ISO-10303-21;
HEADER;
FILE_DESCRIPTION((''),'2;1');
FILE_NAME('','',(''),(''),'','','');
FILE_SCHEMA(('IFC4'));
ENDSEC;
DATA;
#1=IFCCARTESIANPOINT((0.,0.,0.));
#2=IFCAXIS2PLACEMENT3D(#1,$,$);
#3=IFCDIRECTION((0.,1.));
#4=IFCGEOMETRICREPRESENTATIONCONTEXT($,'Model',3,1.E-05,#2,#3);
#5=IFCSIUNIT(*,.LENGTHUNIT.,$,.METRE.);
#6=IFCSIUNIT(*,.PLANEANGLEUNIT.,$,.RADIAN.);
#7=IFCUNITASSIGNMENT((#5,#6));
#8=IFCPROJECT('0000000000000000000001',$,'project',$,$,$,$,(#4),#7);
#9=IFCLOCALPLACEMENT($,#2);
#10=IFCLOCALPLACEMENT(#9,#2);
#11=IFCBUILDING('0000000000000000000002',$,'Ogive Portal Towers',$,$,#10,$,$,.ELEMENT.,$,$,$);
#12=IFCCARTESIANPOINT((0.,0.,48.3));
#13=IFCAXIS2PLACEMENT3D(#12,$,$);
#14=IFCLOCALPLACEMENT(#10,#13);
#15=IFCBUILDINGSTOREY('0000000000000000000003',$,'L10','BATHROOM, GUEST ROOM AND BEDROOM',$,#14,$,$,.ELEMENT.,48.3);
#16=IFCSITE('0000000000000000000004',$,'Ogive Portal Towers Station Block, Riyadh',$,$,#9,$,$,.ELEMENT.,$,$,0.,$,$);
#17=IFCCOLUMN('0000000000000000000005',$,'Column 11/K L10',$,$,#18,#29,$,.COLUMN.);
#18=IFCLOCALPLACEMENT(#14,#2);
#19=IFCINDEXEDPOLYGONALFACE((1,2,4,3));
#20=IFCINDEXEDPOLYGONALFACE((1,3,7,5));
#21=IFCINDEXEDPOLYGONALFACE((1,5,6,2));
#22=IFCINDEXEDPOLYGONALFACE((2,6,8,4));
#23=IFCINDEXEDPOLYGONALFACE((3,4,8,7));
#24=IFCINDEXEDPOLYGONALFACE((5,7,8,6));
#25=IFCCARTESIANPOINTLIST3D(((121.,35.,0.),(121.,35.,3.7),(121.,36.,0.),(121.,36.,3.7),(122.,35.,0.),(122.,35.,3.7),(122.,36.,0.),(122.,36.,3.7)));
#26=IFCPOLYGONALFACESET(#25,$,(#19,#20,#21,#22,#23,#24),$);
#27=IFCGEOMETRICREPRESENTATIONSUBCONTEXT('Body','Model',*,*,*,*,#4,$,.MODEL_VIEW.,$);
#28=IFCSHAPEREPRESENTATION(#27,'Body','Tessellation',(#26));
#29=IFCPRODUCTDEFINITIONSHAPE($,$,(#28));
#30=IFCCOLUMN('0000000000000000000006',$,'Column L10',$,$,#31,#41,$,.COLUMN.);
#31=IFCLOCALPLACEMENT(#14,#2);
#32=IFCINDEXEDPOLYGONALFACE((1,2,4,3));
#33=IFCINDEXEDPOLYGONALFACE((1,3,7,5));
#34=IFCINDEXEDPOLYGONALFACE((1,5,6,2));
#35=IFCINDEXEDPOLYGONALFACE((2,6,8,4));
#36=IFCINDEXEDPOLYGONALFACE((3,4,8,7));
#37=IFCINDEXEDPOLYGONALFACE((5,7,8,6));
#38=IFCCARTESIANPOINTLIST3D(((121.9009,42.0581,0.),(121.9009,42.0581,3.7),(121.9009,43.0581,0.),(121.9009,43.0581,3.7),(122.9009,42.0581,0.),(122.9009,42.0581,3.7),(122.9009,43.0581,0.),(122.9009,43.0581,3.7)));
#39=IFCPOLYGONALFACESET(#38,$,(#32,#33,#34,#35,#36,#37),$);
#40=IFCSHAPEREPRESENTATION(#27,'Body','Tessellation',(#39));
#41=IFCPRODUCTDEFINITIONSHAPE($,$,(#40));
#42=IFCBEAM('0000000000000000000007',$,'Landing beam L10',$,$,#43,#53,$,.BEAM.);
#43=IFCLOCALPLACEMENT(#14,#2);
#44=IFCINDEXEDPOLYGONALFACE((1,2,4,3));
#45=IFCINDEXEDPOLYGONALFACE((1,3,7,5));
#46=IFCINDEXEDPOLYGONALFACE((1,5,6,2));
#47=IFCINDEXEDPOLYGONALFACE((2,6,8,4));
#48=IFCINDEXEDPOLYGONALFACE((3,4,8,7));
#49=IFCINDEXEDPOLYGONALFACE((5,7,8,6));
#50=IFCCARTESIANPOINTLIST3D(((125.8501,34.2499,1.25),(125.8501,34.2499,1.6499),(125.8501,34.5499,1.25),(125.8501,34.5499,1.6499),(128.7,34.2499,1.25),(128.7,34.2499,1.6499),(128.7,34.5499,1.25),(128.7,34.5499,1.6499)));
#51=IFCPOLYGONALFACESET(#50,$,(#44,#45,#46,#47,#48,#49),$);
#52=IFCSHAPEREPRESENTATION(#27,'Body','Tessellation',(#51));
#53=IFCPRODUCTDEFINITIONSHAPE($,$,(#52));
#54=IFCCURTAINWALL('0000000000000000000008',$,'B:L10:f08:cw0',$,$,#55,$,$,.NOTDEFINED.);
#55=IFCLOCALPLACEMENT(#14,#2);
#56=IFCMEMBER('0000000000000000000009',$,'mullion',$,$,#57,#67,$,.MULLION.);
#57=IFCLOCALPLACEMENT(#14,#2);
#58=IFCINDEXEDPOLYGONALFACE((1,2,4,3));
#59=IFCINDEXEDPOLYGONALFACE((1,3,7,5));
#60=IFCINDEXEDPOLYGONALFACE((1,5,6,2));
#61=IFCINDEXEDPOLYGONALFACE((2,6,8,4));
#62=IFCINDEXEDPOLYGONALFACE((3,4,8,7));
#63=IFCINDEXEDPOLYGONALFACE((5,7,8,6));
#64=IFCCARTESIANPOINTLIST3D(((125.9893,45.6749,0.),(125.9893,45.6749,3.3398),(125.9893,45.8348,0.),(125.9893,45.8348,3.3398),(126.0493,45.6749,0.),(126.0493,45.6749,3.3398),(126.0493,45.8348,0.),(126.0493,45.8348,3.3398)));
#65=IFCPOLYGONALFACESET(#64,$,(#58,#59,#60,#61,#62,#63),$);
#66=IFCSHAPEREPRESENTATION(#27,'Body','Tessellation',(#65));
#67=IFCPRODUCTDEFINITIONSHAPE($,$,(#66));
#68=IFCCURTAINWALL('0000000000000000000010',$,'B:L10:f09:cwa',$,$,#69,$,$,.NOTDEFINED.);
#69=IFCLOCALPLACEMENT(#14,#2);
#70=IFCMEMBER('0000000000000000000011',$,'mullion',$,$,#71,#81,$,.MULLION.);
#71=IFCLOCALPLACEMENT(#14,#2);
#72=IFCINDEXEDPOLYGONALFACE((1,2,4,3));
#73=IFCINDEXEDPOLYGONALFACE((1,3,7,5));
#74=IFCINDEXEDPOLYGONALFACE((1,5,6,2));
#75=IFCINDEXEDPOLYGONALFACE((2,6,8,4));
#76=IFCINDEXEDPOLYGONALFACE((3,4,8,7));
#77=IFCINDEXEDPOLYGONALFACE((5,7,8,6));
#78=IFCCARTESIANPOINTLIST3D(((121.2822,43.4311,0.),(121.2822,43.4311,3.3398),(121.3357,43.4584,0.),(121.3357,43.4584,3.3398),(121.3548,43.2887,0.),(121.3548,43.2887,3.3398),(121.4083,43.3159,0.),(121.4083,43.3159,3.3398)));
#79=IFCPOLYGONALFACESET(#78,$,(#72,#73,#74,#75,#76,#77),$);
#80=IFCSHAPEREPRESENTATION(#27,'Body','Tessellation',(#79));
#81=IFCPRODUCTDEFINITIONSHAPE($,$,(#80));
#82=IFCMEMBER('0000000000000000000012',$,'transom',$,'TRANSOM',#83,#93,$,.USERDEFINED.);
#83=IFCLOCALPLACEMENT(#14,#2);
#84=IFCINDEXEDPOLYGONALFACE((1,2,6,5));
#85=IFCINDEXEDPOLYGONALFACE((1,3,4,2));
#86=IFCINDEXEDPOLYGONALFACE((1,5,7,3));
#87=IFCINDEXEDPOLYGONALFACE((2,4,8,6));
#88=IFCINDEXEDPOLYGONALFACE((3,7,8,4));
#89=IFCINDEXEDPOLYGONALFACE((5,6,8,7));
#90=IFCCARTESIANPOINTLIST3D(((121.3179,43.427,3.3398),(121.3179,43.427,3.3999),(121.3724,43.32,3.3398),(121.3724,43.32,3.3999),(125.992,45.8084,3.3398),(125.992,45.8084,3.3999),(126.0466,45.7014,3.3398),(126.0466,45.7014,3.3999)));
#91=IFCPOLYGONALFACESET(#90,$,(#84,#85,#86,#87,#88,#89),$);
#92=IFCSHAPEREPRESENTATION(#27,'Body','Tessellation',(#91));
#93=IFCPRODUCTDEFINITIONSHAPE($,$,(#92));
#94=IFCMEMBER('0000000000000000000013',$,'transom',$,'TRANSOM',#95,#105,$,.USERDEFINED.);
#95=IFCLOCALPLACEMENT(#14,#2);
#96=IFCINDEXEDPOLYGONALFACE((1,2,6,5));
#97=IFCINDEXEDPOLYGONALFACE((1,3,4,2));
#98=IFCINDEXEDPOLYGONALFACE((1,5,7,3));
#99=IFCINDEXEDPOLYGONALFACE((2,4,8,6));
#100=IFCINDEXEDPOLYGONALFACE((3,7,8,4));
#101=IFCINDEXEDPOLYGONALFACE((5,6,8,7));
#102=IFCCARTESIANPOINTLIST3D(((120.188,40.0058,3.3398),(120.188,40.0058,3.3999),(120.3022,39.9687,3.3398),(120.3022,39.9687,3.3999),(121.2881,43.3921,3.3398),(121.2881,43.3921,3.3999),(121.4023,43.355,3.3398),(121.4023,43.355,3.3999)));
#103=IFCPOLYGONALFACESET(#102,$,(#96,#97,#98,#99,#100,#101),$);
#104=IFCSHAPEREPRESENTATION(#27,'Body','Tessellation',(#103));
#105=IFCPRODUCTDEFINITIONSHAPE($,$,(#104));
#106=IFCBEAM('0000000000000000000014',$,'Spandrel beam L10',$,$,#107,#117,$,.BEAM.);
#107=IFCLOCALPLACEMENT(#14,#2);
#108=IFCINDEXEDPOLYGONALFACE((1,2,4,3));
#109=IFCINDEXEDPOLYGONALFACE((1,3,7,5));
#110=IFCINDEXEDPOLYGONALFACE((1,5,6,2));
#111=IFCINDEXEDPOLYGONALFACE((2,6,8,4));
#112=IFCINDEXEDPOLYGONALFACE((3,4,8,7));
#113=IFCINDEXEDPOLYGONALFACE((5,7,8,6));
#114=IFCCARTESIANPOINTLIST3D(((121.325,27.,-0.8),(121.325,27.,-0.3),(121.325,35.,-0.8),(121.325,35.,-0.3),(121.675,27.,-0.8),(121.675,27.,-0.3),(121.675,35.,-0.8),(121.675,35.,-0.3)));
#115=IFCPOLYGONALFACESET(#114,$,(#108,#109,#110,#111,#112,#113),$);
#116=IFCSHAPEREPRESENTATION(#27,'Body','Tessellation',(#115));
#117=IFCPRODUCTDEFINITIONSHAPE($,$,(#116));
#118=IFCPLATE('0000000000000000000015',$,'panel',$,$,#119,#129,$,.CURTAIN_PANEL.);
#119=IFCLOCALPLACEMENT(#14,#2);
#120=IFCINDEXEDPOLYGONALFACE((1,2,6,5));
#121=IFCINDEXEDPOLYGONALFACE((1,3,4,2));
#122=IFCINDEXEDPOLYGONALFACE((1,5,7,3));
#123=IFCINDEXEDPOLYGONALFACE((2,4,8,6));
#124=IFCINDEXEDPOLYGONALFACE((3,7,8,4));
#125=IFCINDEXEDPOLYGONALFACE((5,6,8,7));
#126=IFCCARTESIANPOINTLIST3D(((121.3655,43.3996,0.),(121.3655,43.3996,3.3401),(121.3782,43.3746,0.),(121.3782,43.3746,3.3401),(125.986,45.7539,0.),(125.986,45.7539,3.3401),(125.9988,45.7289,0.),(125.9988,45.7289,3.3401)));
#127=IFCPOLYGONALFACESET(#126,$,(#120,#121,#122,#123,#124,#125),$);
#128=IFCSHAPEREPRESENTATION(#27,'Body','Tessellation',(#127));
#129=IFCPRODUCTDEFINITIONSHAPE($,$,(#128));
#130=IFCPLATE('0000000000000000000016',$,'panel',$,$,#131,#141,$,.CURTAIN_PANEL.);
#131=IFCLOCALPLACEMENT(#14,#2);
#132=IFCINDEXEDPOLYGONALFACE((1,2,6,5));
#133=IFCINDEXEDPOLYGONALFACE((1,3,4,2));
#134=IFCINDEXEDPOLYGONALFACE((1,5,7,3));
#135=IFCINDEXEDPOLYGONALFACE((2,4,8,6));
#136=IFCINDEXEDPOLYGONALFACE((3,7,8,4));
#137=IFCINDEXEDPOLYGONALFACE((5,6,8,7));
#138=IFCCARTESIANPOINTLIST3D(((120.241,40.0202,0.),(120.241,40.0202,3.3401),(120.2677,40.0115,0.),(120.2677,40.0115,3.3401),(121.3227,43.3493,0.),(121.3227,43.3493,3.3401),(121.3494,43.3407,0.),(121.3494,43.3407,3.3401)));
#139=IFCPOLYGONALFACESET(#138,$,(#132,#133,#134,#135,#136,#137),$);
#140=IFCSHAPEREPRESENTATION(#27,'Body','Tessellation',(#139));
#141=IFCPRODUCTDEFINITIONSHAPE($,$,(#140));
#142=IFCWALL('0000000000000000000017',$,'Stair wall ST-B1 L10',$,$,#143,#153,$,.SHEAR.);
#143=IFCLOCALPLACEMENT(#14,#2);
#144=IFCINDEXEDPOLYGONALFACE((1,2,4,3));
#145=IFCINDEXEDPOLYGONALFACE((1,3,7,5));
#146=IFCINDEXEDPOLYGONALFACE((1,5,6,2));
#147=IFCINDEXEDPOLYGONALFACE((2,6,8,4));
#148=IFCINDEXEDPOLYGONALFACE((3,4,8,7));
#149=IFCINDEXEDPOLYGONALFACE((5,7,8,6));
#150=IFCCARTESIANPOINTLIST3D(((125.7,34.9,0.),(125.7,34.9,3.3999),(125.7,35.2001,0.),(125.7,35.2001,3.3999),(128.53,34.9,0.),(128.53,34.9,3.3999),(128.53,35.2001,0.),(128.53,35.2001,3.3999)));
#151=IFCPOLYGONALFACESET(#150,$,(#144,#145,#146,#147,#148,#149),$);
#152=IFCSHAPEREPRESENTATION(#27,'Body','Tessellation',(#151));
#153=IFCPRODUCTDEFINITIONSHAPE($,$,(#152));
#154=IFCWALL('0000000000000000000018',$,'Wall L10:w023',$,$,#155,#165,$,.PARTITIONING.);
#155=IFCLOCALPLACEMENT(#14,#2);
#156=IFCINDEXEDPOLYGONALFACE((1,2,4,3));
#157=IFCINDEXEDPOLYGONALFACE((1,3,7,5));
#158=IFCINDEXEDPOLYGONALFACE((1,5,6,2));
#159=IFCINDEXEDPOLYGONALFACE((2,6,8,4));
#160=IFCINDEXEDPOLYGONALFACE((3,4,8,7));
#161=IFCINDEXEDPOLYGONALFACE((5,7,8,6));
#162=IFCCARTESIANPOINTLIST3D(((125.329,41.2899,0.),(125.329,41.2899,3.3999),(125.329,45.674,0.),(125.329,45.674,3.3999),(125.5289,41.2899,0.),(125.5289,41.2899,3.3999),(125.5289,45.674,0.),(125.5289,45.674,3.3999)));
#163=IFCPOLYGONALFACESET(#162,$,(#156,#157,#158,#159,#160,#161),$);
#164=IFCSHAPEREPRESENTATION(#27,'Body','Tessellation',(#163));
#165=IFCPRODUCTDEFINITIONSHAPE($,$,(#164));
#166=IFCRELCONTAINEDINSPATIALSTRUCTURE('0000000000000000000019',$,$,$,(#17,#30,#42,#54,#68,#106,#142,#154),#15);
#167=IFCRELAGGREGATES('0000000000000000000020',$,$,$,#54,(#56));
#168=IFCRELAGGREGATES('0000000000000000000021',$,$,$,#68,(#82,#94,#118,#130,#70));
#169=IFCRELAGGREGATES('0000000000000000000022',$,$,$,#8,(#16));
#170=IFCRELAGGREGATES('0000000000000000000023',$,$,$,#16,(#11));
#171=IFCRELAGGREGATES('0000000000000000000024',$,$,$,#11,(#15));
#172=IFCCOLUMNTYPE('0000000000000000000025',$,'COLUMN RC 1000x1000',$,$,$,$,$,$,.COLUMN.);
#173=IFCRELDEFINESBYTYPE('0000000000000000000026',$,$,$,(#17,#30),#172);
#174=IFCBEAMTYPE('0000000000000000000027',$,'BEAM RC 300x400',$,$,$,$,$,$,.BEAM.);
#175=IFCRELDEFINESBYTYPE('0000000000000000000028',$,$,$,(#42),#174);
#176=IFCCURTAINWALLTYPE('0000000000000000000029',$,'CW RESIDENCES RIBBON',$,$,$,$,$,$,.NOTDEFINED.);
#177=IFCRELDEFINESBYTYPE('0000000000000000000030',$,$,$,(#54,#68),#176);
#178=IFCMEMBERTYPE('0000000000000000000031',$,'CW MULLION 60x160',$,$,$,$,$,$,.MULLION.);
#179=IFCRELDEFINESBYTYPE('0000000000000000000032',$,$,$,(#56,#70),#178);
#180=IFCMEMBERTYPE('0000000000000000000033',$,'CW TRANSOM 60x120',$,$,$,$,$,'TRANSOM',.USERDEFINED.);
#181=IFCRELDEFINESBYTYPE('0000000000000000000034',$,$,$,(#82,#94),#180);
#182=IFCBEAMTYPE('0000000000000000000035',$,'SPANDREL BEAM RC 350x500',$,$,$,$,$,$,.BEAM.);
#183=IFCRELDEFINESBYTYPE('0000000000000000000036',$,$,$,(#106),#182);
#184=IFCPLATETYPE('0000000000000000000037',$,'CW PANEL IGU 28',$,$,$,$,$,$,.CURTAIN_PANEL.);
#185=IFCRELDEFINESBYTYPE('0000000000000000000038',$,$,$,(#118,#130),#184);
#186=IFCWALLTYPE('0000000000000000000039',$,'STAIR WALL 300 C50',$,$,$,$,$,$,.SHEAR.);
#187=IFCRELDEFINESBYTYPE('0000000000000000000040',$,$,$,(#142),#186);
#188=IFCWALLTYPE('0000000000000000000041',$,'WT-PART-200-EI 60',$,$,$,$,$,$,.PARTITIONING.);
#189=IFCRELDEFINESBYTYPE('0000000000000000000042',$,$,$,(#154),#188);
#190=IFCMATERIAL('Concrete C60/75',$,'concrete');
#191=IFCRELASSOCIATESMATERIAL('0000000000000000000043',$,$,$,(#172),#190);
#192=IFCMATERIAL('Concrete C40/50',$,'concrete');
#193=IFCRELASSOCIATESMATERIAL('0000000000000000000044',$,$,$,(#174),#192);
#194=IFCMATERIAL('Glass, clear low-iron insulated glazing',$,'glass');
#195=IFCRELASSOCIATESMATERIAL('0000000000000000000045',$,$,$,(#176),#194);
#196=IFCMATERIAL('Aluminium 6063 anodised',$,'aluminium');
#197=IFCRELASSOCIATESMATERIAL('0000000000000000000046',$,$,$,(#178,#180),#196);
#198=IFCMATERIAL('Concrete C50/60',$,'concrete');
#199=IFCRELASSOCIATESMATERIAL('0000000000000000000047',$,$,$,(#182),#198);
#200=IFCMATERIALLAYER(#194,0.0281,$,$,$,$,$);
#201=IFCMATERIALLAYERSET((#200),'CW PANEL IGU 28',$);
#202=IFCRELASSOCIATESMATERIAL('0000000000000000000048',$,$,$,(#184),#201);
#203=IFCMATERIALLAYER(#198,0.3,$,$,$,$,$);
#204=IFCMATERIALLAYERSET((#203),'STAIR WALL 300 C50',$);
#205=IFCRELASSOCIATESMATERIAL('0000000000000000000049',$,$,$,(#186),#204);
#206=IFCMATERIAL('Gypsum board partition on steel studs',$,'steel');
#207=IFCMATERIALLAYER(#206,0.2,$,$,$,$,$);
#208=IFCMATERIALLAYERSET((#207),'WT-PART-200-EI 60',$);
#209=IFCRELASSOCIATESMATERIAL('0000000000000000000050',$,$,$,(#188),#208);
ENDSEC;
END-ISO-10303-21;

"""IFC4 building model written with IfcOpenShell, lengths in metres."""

from ifc_helpers import new_model, si_unit, direction, frame, frame_2d, origin, origin_2d, place, context, subcontext, project, spatial, rectangle, extrude, material, layer, layer_set, material_profile, profile_set, type_object, element, aggregate, save


model = new_model("IFC4")

# Units and contexts
model_context = context("Model", 3, precision=1e-05, world=origin(), true_north=direction((0.0, 1.0)))
body_context = subcontext(model_context, "Body", "Model", "MODEL_VIEW")
ifc_project = project(units=[si_unit("LENGTHUNIT", "METRE"), si_unit("PLANEANGLEUNIT", "RADIAN")], contexts=[model_context])

# Site, building, storey
site_placement = place(None, origin())
site = spatial("IfcSite", under=ifc_project, at=site_placement, Name="Ogive Portal Towers Station Block, Riyadh", CompositionType="ELEMENT", RefElevation=0.0)
building_placement = place(site_placement, origin())
building = spatial("IfcBuilding", under=site, at=building_placement, Name="Ogive Portal Towers", CompositionType="ELEMENT")
storey_placement = place(building_placement, frame((0.0, 0.0, 48.3)))
storey = spatial("IfcBuildingStorey", under=building, at=storey_placement, Name="L10", Description="BATHROOM, GUEST ROOM AND BEDROOM", CompositionType="ELEMENT", Elevation=48.3)

# Columns
ifc_material_1 = material(Name="Concrete C60/75", Category="concrete")
ifc_material_profile_1 = material_profile(ifc_material_1, rectangle(XDim=1.0, YDim=1.0, at=origin_2d()), Name="RC 1000x1000")
ifc_profile_set_1 = profile_set([ifc_material_profile_1], Name="Concrete C60/75")
column_type = type_object("IfcColumnType", Name="COLUMN RC 1000x1000", PredefinedType="COLUMN", material=ifc_profile_set_1)
for number, where, z_axis, x_axis, name in (
    (1, (121.5, 35.5, 0.0), (0.0, 0.0, 1.0), (1.0, 0.0, 0.0), "Column 11/K L10"),
    (2, (122.4009, 42.5581, 0.0), (0.0, 0.0, 1.0), (1.0, 0.0, 0.0), "Column L10"),
):
    element("IfcColumn", number, at=place(storey_placement, frame(where, z_axis=z_axis, x_axis=x_axis)), inside=storey, type_object=column_type, Name=name, PredefinedType="COLUMN", context=body_context, shape_type="SweptSolid", body=[
        extrude(rectangle(XDim=1.0, YDim=1.0, at=origin_2d()), origin(), (0.0, 0.0, 1.0), 3.7),
    ])

# Beam
ifc_material_2 = material(Name="Concrete C40/50", Category="concrete")
ifc_material_profile_2 = material_profile(ifc_material_2, rectangle(XDim=0.3, YDim=0.3999, at=origin_2d()), Name="RC 300x400")
ifc_profile_set_2 = profile_set([ifc_material_profile_2], Name="Concrete C40/50")
beam_type_1 = type_object("IfcBeamType", Name="BEAM RC 300x400", PredefinedType="BEAM", material=ifc_profile_set_2)
beam_1_placement = place(storey_placement, frame((125.8501, 34.3999, 1.45), z_axis=(1.0, 0.0, 0.0), x_axis=(0.0, 1.0, 0.0)))
element("IfcBeam", 3, at=beam_1_placement, inside=storey, type_object=beam_type_1, Name="Landing beam L10", PredefinedType="BEAM", context=body_context, shape_type="SweptSolid", body=[
    extrude(rectangle(XDim=0.3, YDim=0.3999, at=origin_2d()), origin(), (0.0, 0.0, 1.0), 2.8499),
])

# Curtain wall, member
ifc_material_3 = material(Name="Glass, clear low-iron insulated glazing", Category="glass")
curtain_wall_type = type_object("IfcCurtainWallType", Name="CW RESIDENCES RIBBON", PredefinedType="NOTDEFINED", material=ifc_material_3)
curtain_wall_1_placement = place(storey_placement, origin())
curtain_wall_1 = element("IfcCurtainWall", 4, at=curtain_wall_1_placement, inside=storey, type_object=curtain_wall_type, Name="B:L10:f08:cw0", PredefinedType="NOTDEFINED")
ifc_material_4 = material(Name="Aluminium 6063 anodised", Category="aluminium")
ifc_material_profile_3 = material_profile(ifc_material_4, rectangle(XDim=0.1599, YDim=0.0601, at=origin_2d()), Name="AL 60x160")
ifc_profile_set_3 = profile_set([ifc_material_profile_3], Name="Aluminium 6063 anodised")
member_type_1 = type_object("IfcMemberType", Name="CW MULLION 60x160", PredefinedType="MULLION", material=ifc_profile_set_3)
member_1_placement = place(storey_placement, frame((126.0193, 45.7549, 0.0), z_axis=(0.0, 0.0, 1.0), x_axis=(0.0, -1.0, 0.0)))
member_1 = element("IfcMember", 5, at=member_1_placement, type_object=member_type_1, Name="mullion", PredefinedType="MULLION", context=body_context, shape_type="SweptSolid", body=[
    extrude(rectangle(XDim=0.1599, YDim=0.0601, at=origin_2d()), origin(), (0.0, 0.0, 1.0), 3.3398),
])
aggregate(curtain_wall_1, [member_1])

# Curtain wall, members
curtain_wall_2_placement = place(storey_placement, origin())
curtain_wall_2 = element("IfcCurtainWall", 6, at=curtain_wall_2_placement, inside=storey, type_object=curtain_wall_type, Name="B:L10:f09:cwa", PredefinedType="NOTDEFINED")
member_2_placement = place(storey_placement, frame((121.3452, 43.3735, 0.0), z_axis=(0.0, 0.0, 1.0), x_axis=(0.45399, -0.891007, 0.0)))
member_2 = element("IfcMember", 7, at=member_2_placement, type_object=member_type_1, Name="mullion", PredefinedType="MULLION", context=body_context, shape_type="SweptSolid", body=[
    extrude(rectangle(XDim=0.1599, YDim=0.0601, at=origin_2d()), origin(), (0.0, 0.0, 1.0), 3.3398),
])
ifc_material_profile_4 = material_profile(ifc_material_4, rectangle(XDim=0.1201, YDim=0.0601, at=origin_2d()), Name="AL 120x60")
ifc_profile_set_4 = profile_set([ifc_material_profile_4], Name="Aluminium 6063 anodised")
member_type_2 = type_object("IfcMemberType", Name="CW TRANSOM 60x120", ElementType="TRANSOM", PredefinedType="USERDEFINED", material=ifc_profile_set_4)
member_3_placement = place(storey_placement, frame((126.0193, 45.7549, 3.3699), z_axis=(-0.891023, -0.453959, 0.0), x_axis=(0.453959, -0.891023, 0.0)))
member_3 = element("IfcMember", 8, at=member_3_placement, type_object=member_type_2, Name="transom", ObjectType="TRANSOM", PredefinedType="USERDEFINED", context=body_context, shape_type="SweptSolid", body=[
    extrude(rectangle(XDim=0.1201, YDim=0.0601, at=origin_2d()), origin(), (0.0, 0.0, 1.0), 5.2458),
])
member_4_placement = place(storey_placement, frame((121.3452, 43.3735, 3.3699), z_axis=(-0.308978, -0.951069, 0.0), x_axis=(0.951069, -0.308978, 0.0)))
member_4 = element("IfcMember", 9, at=member_4_placement, type_object=member_type_2, Name="transom", ObjectType="TRANSOM", PredefinedType="USERDEFINED", context=body_context, shape_type="SweptSolid", body=[
    extrude(rectangle(XDim=0.1201, YDim=0.0601, at=origin_2d()), origin(), (0.0, 0.0, 1.0), 3.5605),
])

# Beam
ifc_material_5 = material(Name="Concrete C50/60", Category="concrete")
ifc_material_profile_5 = material_profile(ifc_material_5, rectangle(XDim=0.3501, YDim=0.5, at=origin_2d()), Name="RC 350x500")
ifc_profile_set_5 = profile_set([ifc_material_profile_5], Name="Concrete C50/60")
beam_type_2 = type_object("IfcBeamType", Name="SPANDREL BEAM RC 350x500", PredefinedType="BEAM", material=ifc_profile_set_5)
beam_2_placement = place(storey_placement, frame((121.5, 35.0, -0.55), z_axis=(0.0, -1.0, 0.0), x_axis=(1.0, 0.0, 0.0)))
element("IfcBeam", 10, at=beam_2_placement, inside=storey, type_object=beam_type_2, Name="Spandrel beam L10", PredefinedType="BEAM", context=body_context, shape_type="SweptSolid", body=[
    extrude(rectangle(XDim=0.3501, YDim=0.5, at=origin_2d()), origin(), (0.0, 0.0, 1.0), 8.0),
])

# Plates
ifc_layer_1 = layer(ifc_material_3, 0.0281)
ifc_layer_set_1 = layer_set([ifc_layer_1], Name="CW PANEL IGU 28")
plate_type = type_object("IfcPlateType", Name="CW PANEL IGU 28", PredefinedType="CURTAIN_PANEL", material=ifc_layer_set_1)
plate_1_placement = place(storey_placement, frame((123.6821, 44.5642, 0.0), z_axis=(0.0, 0.0, 1.0), x_axis=(-0.891007, -0.45399, 0.0)))
plate_1 = element("IfcPlate", 11, at=plate_1_placement, type_object=plate_type, Name="panel", PredefinedType="CURTAIN_PANEL", context=body_context, shape_type="SweptSolid", body=[
    extrude(rectangle(XDim=5.1858, YDim=0.0281, at=origin_2d()), origin(), (0.0, 0.0, 1.0), 3.3401),
])
plate_2_placement = place(storey_placement, frame((120.7952, 41.6804, 0.0), z_axis=(0.0, 0.0, 1.0), x_axis=(-0.309017, -0.951057, 0.0)))
plate_2 = element("IfcPlate", 12, at=plate_2_placement, type_object=plate_type, Name="panel", PredefinedType="CURTAIN_PANEL", context=body_context, shape_type="SweptSolid", body=[
    extrude(rectangle(XDim=3.5005, YDim=0.0281, at=origin_2d()), origin(), (0.0, 0.0, 1.0), 3.3401),
])
aggregate(curtain_wall_2, [member_3, member_4, plate_1, plate_2, member_2])

# Wall
ifc_layer_2 = layer(ifc_material_5, 0.3)
ifc_layer_set_2 = layer_set([ifc_layer_2], Name="STAIR WALL 300 C50")
wall_type_1 = type_object("IfcWallType", Name="STAIR WALL 300 C50", PredefinedType="SHEAR", material=ifc_layer_set_2)
wall_1_placement = place(storey_placement, frame((125.7, 35.05, 0.0), z_axis=(0.0, 0.0, 1.0), x_axis=(1.0, 0.0, 0.0)))
element("IfcWall", 13, at=wall_1_placement, inside=storey, type_object=wall_type_1, Name="Stair wall ST-B1 L10", PredefinedType="SHEAR", context=body_context, shape_type="SweptSolid", body=[
    extrude(rectangle(XDim=2.8301, YDim=0.3, at=frame_2d((1.415, 0.0))), origin(), (0.0, 0.0, 1.0), 3.3999),
])

# Shared definitions
ifc_material_6 = material(Name="Gypsum board partition on steel studs", Category="steel")
ifc_layer_3 = layer(ifc_material_6, 0.2)
ifc_layer_set_3 = layer_set([ifc_layer_3], Name="WT-PART-200-EI 60")
wall_type_2 = type_object("IfcWallType", Name="WT-PART-200-EI 60", PredefinedType="PARTITIONING", material=ifc_layer_set_3)

# Wall
wall_2_placement = place(storey_placement, frame((125.429, 41.29, 0.0), z_axis=(0.0, 0.0, 1.0), x_axis=(0.0, 1.0, 0.0)))
element("IfcWall", 14, at=wall_2_placement, inside=storey, type_object=wall_type_2, Name="Wall L10:w023", PredefinedType="PARTITIONING", context=body_context, shape_type="SweptSolid", body=[
    extrude(rectangle(XDim=4.384, YDim=0.2, at=frame_2d((2.1919, 0.0))), origin(), (0.0, 0.0, 1.0), 3.3999),
])

save(model, "model.ifc")
